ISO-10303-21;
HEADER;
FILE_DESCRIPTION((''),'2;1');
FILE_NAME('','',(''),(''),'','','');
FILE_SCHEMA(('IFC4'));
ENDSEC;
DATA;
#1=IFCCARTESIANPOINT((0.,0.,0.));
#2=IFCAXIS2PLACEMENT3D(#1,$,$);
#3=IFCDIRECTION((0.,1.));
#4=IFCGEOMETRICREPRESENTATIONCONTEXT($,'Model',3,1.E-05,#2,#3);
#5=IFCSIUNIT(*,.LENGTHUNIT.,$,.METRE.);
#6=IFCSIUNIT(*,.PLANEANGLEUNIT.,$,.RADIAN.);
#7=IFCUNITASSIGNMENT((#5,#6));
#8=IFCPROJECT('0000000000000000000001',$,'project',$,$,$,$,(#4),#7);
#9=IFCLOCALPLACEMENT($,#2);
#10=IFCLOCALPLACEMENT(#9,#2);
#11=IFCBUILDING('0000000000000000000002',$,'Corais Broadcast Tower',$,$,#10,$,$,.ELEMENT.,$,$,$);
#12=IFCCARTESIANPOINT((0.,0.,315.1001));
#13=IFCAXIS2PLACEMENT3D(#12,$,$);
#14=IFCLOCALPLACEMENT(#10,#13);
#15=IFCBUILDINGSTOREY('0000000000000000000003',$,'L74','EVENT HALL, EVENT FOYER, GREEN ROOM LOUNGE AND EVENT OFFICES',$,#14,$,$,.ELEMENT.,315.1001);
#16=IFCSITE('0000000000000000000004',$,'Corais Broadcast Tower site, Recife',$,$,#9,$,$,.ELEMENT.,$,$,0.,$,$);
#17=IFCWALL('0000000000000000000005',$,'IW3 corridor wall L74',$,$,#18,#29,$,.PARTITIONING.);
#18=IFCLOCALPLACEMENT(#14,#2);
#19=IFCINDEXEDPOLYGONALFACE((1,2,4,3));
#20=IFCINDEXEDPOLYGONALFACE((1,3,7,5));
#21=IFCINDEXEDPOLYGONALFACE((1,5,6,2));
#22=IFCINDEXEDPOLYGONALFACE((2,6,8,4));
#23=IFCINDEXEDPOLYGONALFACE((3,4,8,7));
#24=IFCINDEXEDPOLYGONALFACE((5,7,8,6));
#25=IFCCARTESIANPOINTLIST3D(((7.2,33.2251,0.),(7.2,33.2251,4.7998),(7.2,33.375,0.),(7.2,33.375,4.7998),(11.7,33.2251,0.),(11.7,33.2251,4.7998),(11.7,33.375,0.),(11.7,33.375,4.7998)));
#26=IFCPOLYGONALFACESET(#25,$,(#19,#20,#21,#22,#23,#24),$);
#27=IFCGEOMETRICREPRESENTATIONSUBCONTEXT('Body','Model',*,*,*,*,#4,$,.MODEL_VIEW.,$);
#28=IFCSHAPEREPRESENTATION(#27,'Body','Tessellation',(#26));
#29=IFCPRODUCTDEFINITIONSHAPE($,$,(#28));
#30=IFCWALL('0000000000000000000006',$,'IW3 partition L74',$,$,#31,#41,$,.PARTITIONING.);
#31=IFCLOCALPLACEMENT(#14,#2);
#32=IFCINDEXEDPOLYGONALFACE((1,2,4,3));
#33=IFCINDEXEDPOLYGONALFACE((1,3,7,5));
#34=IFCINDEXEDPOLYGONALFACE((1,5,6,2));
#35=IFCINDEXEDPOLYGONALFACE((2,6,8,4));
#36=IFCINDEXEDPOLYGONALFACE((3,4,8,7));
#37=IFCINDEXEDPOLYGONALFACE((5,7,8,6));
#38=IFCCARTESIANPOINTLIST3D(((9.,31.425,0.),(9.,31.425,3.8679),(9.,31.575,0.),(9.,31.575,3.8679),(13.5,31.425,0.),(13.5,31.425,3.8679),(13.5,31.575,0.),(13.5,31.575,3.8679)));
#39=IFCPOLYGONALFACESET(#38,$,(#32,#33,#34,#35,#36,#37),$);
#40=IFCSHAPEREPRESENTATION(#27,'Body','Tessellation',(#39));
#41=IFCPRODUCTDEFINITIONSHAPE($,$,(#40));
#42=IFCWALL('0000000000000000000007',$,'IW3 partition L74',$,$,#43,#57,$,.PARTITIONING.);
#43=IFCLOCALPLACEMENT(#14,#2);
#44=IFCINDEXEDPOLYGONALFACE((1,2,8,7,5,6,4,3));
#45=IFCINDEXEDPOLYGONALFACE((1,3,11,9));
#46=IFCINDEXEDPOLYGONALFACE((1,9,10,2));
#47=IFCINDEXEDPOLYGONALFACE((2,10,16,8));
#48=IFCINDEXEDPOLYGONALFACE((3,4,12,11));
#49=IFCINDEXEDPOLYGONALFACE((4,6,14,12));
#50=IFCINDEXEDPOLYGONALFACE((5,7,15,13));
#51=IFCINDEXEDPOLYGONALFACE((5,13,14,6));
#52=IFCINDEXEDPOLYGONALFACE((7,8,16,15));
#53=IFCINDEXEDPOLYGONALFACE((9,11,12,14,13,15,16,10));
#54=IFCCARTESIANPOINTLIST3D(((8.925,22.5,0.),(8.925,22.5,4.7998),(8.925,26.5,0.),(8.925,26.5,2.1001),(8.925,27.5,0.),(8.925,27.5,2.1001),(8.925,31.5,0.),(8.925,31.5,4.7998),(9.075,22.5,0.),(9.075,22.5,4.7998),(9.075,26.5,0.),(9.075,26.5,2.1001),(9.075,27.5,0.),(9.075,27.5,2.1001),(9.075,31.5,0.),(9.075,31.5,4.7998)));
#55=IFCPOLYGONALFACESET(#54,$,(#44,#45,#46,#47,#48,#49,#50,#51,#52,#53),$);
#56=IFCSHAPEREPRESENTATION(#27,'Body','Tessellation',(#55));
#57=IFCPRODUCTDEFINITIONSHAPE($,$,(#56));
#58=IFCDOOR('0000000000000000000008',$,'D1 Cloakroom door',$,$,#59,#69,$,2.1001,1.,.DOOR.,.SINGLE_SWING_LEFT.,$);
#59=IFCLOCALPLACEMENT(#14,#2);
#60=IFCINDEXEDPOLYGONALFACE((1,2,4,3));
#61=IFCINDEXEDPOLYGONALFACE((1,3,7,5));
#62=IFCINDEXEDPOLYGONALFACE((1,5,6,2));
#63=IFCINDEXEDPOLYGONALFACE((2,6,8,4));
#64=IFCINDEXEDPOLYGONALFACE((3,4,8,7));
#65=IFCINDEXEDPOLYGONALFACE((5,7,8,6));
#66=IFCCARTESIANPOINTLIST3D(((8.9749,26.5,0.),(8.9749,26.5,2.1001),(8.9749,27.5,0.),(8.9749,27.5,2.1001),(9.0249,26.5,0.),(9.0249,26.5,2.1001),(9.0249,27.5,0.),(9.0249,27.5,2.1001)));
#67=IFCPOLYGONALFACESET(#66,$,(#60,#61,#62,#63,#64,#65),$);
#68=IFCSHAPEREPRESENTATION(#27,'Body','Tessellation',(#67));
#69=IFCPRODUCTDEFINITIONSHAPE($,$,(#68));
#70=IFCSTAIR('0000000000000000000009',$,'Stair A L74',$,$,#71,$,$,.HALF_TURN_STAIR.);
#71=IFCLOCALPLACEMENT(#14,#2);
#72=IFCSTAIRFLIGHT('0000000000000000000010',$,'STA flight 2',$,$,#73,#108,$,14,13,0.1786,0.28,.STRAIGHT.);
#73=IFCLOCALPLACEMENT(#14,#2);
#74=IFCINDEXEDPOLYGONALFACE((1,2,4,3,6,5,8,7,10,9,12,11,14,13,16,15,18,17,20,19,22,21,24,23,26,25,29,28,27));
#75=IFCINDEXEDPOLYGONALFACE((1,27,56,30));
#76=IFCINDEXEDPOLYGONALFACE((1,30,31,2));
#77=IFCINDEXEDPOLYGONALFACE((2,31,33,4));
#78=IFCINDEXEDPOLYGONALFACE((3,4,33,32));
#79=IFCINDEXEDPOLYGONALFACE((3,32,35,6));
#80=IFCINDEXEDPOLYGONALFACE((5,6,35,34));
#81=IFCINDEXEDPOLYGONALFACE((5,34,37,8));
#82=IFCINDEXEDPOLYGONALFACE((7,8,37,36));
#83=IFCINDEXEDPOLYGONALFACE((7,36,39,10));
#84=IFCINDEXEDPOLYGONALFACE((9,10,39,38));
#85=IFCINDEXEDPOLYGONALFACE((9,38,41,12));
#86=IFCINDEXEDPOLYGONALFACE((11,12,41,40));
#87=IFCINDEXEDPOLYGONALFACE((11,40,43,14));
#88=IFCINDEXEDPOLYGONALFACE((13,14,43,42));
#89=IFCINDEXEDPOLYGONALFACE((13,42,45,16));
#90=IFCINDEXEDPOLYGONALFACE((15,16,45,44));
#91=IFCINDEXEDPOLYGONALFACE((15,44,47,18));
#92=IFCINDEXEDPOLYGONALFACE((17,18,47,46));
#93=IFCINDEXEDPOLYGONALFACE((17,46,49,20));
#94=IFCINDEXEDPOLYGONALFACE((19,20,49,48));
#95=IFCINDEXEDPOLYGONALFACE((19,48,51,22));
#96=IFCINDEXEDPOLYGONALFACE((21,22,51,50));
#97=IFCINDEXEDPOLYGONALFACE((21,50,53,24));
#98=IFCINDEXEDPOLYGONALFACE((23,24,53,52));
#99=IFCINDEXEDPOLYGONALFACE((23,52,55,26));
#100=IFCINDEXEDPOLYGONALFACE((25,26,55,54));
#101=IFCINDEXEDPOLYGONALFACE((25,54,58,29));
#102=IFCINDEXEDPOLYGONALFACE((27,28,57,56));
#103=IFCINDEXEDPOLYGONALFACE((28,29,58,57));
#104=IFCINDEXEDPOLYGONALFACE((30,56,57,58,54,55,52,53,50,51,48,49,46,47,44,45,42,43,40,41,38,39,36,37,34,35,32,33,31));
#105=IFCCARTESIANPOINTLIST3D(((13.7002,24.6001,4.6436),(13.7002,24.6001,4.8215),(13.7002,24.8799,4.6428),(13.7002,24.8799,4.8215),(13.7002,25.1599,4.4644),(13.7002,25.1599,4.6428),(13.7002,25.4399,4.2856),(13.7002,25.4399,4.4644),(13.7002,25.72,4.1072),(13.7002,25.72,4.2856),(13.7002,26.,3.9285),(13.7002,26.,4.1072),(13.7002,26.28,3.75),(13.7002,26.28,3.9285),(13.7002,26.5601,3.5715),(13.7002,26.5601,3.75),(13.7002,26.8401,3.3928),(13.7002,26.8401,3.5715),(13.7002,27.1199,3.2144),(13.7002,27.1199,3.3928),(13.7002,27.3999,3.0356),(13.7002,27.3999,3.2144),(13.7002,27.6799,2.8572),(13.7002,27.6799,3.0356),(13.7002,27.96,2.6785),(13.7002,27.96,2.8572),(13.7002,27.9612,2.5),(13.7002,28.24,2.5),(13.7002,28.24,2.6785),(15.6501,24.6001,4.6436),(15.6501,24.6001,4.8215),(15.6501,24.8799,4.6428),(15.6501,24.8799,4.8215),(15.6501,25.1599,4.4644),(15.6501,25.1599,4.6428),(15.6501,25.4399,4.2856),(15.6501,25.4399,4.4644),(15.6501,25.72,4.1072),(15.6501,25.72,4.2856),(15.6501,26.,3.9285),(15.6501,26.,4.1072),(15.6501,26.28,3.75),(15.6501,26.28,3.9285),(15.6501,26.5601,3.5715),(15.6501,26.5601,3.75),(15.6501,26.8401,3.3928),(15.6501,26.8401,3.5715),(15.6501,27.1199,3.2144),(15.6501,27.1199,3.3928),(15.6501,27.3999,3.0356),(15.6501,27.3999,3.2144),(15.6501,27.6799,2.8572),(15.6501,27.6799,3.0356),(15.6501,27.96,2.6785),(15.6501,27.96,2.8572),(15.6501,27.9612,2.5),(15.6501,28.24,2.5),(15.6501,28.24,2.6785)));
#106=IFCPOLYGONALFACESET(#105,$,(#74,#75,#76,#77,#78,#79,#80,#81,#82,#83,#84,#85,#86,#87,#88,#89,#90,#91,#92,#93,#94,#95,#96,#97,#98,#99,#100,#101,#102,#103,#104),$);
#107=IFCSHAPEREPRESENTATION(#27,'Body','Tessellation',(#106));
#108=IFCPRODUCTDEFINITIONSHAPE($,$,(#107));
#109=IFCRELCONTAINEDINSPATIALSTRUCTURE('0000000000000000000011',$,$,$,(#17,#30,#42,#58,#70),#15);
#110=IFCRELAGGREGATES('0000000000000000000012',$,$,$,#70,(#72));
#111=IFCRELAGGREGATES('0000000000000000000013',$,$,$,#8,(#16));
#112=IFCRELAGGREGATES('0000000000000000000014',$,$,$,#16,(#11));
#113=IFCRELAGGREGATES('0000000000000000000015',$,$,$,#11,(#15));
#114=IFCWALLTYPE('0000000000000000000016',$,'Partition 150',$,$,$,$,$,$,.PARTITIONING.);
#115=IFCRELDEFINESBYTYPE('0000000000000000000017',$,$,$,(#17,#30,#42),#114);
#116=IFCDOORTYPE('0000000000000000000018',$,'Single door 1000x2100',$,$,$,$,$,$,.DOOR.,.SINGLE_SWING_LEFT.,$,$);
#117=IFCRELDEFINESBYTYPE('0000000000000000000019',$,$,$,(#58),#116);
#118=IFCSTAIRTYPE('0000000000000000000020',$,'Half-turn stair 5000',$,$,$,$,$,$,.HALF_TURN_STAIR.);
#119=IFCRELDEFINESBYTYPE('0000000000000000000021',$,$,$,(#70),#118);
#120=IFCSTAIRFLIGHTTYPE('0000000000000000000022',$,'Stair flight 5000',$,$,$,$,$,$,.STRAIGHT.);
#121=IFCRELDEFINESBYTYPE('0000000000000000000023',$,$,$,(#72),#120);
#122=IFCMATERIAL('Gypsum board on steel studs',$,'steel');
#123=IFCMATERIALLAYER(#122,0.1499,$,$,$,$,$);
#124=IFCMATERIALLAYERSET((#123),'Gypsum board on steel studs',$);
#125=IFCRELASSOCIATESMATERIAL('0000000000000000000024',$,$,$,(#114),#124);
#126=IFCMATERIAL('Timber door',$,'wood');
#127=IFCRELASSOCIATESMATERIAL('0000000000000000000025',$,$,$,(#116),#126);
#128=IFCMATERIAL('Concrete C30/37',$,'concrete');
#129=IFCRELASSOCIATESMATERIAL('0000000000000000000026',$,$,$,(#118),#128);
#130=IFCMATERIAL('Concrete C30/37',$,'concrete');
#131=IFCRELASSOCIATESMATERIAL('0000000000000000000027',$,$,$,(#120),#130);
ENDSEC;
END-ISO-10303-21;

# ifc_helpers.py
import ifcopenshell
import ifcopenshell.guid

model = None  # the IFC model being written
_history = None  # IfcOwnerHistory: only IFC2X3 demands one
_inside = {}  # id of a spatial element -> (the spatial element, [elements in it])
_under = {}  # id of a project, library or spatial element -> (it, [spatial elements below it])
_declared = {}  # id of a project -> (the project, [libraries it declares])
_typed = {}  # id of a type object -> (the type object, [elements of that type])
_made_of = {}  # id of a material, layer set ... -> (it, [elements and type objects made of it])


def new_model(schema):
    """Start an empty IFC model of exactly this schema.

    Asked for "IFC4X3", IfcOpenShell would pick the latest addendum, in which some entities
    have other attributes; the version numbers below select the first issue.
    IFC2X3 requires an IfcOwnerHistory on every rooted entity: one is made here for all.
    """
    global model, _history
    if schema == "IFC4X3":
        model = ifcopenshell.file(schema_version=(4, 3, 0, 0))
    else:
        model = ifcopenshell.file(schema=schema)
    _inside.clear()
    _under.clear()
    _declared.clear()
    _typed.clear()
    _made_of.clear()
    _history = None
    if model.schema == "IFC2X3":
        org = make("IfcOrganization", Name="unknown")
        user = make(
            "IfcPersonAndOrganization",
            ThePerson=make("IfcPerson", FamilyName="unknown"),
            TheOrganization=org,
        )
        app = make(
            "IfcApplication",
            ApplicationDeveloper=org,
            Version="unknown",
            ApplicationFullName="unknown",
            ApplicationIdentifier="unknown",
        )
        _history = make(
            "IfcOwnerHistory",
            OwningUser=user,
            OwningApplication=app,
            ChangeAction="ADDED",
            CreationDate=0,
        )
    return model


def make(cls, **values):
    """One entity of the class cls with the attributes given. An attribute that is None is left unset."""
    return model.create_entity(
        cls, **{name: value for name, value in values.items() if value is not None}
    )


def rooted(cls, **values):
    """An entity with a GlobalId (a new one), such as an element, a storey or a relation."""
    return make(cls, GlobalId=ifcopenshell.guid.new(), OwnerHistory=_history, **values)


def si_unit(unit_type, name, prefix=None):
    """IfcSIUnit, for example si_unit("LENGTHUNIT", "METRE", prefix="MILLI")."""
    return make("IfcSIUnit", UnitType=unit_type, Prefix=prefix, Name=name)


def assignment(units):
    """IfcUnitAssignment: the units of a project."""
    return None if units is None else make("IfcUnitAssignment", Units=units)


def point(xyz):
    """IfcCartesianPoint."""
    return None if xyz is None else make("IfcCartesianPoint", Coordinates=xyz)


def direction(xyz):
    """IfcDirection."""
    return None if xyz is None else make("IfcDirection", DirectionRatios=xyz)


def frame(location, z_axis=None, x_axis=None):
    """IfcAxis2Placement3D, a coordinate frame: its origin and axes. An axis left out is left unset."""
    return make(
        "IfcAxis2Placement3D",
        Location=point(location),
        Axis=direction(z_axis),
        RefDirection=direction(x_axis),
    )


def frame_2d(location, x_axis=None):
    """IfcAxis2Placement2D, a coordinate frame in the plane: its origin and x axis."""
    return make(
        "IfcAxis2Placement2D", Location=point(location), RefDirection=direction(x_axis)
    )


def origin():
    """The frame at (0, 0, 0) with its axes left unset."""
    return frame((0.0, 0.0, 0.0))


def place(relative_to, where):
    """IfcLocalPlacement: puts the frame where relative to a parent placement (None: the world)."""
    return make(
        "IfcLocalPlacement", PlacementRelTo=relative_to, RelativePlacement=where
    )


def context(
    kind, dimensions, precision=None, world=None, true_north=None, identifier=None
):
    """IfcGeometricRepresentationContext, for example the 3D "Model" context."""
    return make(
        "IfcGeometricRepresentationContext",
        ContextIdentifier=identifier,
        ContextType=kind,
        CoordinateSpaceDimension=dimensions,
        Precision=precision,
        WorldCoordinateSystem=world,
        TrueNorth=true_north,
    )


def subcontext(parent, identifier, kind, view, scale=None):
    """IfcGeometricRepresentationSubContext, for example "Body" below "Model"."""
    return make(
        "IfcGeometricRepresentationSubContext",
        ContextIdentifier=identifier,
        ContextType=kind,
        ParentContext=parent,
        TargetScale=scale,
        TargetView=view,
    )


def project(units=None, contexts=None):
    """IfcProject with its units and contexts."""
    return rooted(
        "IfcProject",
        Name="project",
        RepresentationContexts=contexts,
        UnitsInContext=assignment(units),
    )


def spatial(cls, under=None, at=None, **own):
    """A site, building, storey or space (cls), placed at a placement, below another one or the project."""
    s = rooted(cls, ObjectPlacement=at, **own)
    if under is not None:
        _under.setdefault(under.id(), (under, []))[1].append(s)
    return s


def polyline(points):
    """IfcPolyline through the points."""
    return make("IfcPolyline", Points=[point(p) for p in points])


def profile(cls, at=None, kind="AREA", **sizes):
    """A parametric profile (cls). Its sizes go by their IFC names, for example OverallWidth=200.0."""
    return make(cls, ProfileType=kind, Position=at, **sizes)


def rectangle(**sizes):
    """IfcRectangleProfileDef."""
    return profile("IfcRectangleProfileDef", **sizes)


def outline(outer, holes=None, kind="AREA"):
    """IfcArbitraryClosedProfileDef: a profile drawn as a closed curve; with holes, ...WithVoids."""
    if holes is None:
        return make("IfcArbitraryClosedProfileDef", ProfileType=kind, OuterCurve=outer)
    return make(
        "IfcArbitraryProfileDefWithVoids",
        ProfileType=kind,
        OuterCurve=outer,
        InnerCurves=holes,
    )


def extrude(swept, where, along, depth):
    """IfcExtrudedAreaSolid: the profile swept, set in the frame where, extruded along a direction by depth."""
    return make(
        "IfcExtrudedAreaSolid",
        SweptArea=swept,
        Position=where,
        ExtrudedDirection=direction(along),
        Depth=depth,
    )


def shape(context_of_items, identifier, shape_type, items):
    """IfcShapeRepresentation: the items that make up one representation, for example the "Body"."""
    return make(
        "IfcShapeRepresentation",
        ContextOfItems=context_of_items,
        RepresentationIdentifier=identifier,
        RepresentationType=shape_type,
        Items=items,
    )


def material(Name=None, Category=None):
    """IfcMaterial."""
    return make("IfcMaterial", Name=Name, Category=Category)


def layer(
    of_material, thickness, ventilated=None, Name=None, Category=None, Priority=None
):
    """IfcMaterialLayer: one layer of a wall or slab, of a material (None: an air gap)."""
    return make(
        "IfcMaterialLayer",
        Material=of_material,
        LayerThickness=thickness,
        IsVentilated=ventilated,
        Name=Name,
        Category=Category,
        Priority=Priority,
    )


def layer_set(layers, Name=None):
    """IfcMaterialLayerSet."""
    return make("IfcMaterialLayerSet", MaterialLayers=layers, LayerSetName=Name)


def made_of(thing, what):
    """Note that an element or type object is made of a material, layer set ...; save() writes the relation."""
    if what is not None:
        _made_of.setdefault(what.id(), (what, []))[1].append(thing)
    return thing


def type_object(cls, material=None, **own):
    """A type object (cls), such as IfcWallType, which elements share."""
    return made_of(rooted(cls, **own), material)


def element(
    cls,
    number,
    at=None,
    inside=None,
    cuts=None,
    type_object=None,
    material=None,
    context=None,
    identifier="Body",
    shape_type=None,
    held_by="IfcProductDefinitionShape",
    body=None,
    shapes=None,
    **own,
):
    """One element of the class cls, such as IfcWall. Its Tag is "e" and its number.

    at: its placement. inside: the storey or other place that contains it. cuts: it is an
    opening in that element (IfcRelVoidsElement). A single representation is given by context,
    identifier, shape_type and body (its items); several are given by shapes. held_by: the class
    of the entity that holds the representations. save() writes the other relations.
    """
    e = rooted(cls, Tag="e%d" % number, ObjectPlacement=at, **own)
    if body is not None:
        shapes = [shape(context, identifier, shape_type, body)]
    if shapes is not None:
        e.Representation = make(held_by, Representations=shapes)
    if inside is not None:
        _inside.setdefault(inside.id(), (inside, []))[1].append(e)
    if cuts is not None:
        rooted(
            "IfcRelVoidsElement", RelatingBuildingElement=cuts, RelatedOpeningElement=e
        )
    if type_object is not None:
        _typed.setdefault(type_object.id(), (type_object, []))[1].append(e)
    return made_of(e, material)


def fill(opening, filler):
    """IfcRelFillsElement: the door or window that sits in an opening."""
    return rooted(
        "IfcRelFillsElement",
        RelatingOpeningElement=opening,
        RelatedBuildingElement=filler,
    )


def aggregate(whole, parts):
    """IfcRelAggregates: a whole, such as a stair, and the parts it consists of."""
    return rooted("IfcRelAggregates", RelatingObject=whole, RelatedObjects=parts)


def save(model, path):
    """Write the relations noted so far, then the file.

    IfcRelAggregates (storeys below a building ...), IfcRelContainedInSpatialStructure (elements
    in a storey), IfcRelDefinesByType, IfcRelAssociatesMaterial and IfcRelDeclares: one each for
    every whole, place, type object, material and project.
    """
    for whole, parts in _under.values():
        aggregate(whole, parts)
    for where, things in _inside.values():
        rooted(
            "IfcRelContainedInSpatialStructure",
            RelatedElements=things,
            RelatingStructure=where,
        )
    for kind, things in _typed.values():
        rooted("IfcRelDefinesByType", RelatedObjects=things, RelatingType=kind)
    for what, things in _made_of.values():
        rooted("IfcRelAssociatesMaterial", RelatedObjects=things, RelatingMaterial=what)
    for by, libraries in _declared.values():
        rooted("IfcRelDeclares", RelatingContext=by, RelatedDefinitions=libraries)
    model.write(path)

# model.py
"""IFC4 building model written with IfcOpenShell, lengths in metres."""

from ifc_helpers import new_model, si_unit, direction, frame, frame_2d, origin, place, context, subcontext, project, spatial, polyline, rectangle, outline, extrude, material, layer, layer_set, type_object, element, fill, aggregate, save


model = new_model("IFC4")

# Units and contexts
model_context = context("Model", 3, precision=1e-05, world=origin(), true_north=direction((0.0, 1.0)))
body_context = subcontext(model_context, "Body", "Model", "MODEL_VIEW")
ifc_project = project(units=[si_unit("LENGTHUNIT", "METRE"), si_unit("PLANEANGLEUNIT", "RADIAN")], contexts=[model_context])

# Site, building, storey
site_placement = place(None, origin())
site = spatial("IfcSite", under=ifc_project, at=site_placement, Name="Corais Broadcast Tower site, Recife", CompositionType="ELEMENT", RefElevation=0.0)
building_placement = place(site_placement, origin())
building = spatial("IfcBuilding", under=site, at=building_placement, Name="Corais Broadcast Tower", CompositionType="ELEMENT")
storey_placement = place(building_placement, frame((0.0, 0.0, 315.1001)))
storey = spatial("IfcBuildingStorey", under=building, at=storey_placement, Name="L74", Description="EVENT HALL, EVENT FOYER, GREEN ROOM LOUNGE AND EVENT OFFICES", CompositionType="ELEMENT", Elevation=315.1001)

# Shared definitions
ifc_material_1 = material(Name="Gypsum board on steel studs", Category="steel")
ifc_layer_1 = layer(ifc_material_1, 0.1499)
ifc_layer_set_1 = layer_set([ifc_layer_1], Name="Gypsum board on steel studs")
wall_type_1 = type_object("IfcWallType", Name="Partition 150", PredefinedType="PARTITIONING", material=ifc_layer_set_1)
ifc_material_2 = material(Name="Timber door", Category="wood")
door_type_1 = type_object("IfcDoorType", Name="Single door 1000x2100", OperationType="SINGLE_SWING_LEFT", PredefinedType="DOOR", material=ifc_material_2)

# Walls
wall_1_placement = place(storey_placement, frame((11.7, 33.3, 0.0), z_axis=(0.0, 0.0, 1.0), x_axis=(-1.0, 0.0, 0.0)))
element("IfcWall", 1, at=wall_1_placement, inside=storey, type_object=wall_type_1, Name="IW3 corridor wall L74", PredefinedType="PARTITIONING", context=body_context, shape_type="SweptSolid", body=[
    extrude(rectangle(XDim=4.5, YDim=0.1499, at=frame_2d((2.25, 0.0))), origin(), (0.0, 0.0, 1.0), 4.7998),
])
wall_2_placement = place(storey_placement, frame((13.5, 31.5, 0.0), z_axis=(0.0, 0.0, 1.0), x_axis=(-1.0, 0.0, 0.0)))
element("IfcWall", 2, at=wall_2_placement, inside=storey, type_object=wall_type_1, Name="IW3 partition L74", PredefinedType="PARTITIONING", context=body_context, shape_type="SweptSolid", body=[
    extrude(rectangle(XDim=4.5, YDim=0.1499, at=frame_2d((2.25, 0.0))), origin(), (0.0, 0.0, 1.0), 3.8679),
])

# Wall, opening, door
wall_3_placement = place(storey_placement, frame((9.0, 31.5, 0.0), z_axis=(0.0, 0.0, 1.0), x_axis=(0.0, -1.0, 0.0)))
wall_3 = element("IfcWall", 3, at=wall_3_placement, inside=storey, type_object=wall_type_1, Name="IW3 partition L74", PredefinedType="PARTITIONING", context=body_context, shape_type="SweptSolid", body=[
    extrude(rectangle(XDim=9.0, YDim=0.1499, at=frame_2d((4.5, 0.0))), origin(), (0.0, 0.0, 1.0), 4.7998),
])
opening_1_placement = place(wall_3_placement, frame((4.0, 0.0, 0.0)))
opening_1 = element("IfcOpeningElement", 4, at=opening_1_placement, cuts=wall_3, PredefinedType="OPENING", context=body_context, shape_type="SweptSolid", body=[
    extrude(rectangle(XDim=1.0, YDim=2.1001, at=frame_2d((0.5, 1.05))), frame((0.0, 0.085, 0.0), z_axis=(0.0, -1.0, 0.0), x_axis=(1.0, 0.0, 0.0)), (0.0, 0.0, 1.0), 0.1699),
])
door_1_placement = place(opening_1_placement, origin())
door_1 = element("IfcDoor", 5, at=door_1_placement, inside=storey, type_object=door_type_1, Name="D1 Cloakroom door", OperationType="SINGLE_SWING_LEFT", OverallHeight=2.1001, OverallWidth=1.0, PredefinedType="DOOR", context=body_context, shape_type="SweptSolid", body=[
    extrude(rectangle(XDim=1.0, YDim=2.1001, at=frame_2d((0.5, 1.05))), frame((0.0, 0.0249, 0.0), z_axis=(0.0, -1.0, 0.0), x_axis=(1.0, 0.0, 0.0)), (0.0, 0.0, 1.0), 0.05),
])
fill(opening_1, door_1)

# Stair, stair flight
ifc_material_3 = material(Name="Concrete C30/37", Category="concrete")
stair_type = type_object("IfcStairType", Name="Half-turn stair 5000", PredefinedType="HALF_TURN_STAIR", material=ifc_material_3)
stair_placement = place(storey_placement, origin())
stair = element("IfcStair", 6, at=stair_placement, inside=storey, type_object=stair_type, Name="Stair A L74", PredefinedType="HALF_TURN_STAIR")
ifc_material_4 = material(Name="Concrete C30/37", Category="concrete")
stair_flight_type = type_object("IfcStairFlightType", Name="Stair flight 5000", PredefinedType="STRAIGHT", material=ifc_material_4)
stair_flight_placement = place(storey_placement, frame((14.675, 28.24, 2.5), z_axis=(0.0, 0.0, 1.0), x_axis=(0.0, -1.0, 0.0)))
stair_flight = element("IfcStairFlight", 7, at=stair_flight_placement, type_object=stair_flight_type, Name="STA flight 2", NumberOfRisers=14, NumberOfTreads=13, PredefinedType="STRAIGHT", RiserHeight=0.1786, TreadLength=0.28, context=body_context, shape_type="SweptSolid", body=[
    extrude(outline(polyline([(0.0, 0.0), (0.0, 0.1785), (0.28, 0.1785), (0.28, 0.3572), (0.5601, 0.3572), (0.5601, 0.5356), (0.8401, 0.5356), (0.8401, 0.7144), (1.1201, 0.7144), (1.1201, 0.8928), (1.3999, 0.8928), (1.3999, 1.0715), (1.6799, 1.0715), (1.6799, 1.25), (1.96, 1.25), (1.96, 1.4285), (2.24, 1.4285), (2.24, 1.6072), (2.52, 1.6072), (2.52, 1.7856), (2.8, 1.7856), (2.8, 1.9644), (3.0801, 1.9644), (3.0801, 2.1428), (3.3601, 2.1428), (3.3601, 2.3215), (3.6399, 2.3215), (3.6399, 2.5), (3.6399, 2.1436), (0.2788, 0.0), (0.0, 0.0)])), frame((0.0, 0.9751, 0.0), z_axis=(0.0, -1.0, 0.0), x_axis=(1.0, 0.0, 0.0)), (0.0, 0.0, 1.0), 1.95),
])
aggregate(stair, [stair_flight])

save(model, "model.ifc")
